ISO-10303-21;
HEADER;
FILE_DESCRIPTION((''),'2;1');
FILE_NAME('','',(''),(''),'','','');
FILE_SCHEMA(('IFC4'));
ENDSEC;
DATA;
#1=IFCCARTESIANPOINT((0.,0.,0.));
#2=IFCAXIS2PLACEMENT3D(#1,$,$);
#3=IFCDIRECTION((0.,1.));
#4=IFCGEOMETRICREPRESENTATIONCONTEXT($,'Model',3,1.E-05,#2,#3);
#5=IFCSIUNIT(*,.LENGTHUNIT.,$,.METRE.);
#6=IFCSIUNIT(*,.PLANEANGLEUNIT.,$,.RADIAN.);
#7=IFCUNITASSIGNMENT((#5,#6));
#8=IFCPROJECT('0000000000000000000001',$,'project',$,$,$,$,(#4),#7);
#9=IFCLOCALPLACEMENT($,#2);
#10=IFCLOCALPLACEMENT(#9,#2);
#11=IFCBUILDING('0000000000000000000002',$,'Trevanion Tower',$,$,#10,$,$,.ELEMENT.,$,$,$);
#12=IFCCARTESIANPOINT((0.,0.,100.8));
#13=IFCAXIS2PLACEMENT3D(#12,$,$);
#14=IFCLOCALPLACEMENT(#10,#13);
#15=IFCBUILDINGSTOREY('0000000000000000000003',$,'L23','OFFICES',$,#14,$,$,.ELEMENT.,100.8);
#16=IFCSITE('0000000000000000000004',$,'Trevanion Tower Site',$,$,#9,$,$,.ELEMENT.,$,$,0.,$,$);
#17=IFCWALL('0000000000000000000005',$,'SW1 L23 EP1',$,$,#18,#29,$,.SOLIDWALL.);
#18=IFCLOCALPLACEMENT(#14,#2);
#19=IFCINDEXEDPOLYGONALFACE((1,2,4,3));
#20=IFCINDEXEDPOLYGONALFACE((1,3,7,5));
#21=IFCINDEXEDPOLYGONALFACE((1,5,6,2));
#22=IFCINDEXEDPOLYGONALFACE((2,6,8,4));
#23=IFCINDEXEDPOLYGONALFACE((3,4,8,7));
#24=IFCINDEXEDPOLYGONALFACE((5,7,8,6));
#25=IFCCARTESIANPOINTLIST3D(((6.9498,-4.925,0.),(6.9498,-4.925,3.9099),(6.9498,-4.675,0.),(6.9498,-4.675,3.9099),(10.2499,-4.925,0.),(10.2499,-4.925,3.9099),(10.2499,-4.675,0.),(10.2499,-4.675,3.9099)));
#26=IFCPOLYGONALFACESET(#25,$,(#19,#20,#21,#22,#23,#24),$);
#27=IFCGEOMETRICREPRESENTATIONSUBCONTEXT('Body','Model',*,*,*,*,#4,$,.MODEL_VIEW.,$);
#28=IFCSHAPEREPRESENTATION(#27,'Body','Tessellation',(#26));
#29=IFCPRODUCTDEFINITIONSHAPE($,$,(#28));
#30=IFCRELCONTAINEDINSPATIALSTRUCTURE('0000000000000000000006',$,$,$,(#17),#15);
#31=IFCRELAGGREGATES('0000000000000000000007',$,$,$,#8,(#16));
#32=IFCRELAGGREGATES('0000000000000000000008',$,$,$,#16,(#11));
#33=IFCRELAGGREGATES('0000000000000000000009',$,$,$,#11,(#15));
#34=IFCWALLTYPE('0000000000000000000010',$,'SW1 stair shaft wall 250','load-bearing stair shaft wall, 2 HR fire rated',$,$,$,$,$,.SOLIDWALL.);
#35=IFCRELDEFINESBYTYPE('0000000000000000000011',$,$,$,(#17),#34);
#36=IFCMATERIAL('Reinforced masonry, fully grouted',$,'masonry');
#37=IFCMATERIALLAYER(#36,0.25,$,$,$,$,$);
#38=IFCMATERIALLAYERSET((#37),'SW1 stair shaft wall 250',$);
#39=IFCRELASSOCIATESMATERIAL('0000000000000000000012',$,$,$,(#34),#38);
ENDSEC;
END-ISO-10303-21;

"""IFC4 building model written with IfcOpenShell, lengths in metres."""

from ifc_helpers import new_model, si_unit, direction, frame, frame_2d, origin, place, context, subcontext, project, spatial, rectangle, extrude, material, layer, layer_set, type_object, element, save


model = new_model("IFC4")

# Units and contexts
model_context = context("Model", 3, precision=1e-05, world=origin(), true_north=direction((0.0, 1.0)))
body_context = subcontext(model_context, "Body", "Model", "MODEL_VIEW")
ifc_project = project(units=[si_unit("LENGTHUNIT", "METRE"), si_unit("PLANEANGLEUNIT", "RADIAN")], contexts=[model_context])

# Site, building, storey
site_placement = place(None, origin())
site = spatial("IfcSite", under=ifc_project, at=site_placement, Name="Trevanion Tower Site", CompositionType="ELEMENT", RefElevation=0.0)
building_placement = place(site_placement, origin())
building = spatial("IfcBuilding", under=site, at=building_placement, Name="Trevanion Tower", CompositionType="ELEMENT")
storey_placement = place(building_placement, frame((0.0, 0.0, 100.8)))
storey = spatial("IfcBuildingStorey", under=building, at=storey_placement, Name="L23", Description="OFFICES", CompositionType="ELEMENT", Elevation=100.8)

# Wall
ifc_material_1 = material(Name="Reinforced masonry, fully grouted", Category="masonry")
ifc_layer_1 = layer(ifc_material_1, 0.25)
ifc_layer_set_1 = layer_set([ifc_layer_1], Name="SW1 stair shaft wall 250")
wall_type_1 = type_object("IfcWallType", Name="SW1 stair shaft wall 250", Description="load-bearing stair shaft wall, 2 HR fire rated", PredefinedType="SOLIDWALL", material=ifc_layer_set_1)
wall_1_placement = place(storey_placement, frame((6.95, -4.8, 0.0), z_axis=(0.0, 0.0, 1.0), x_axis=(1.0, 0.0, 0.0)))
element("IfcWall", 1, at=wall_1_placement, inside=storey, type_object=wall_type_1, Name="SW1 L23 EP1", PredefinedType="SOLIDWALL", context=body_context, shape_type="SweptSolid", body=[
    extrude(rectangle(XDim=3.3, YDim=0.25, at=frame_2d((1.6499, 0.0))), origin(), (0.0, 0.0, 1.0), 3.9099),
])

save(model, "model.ifc")
